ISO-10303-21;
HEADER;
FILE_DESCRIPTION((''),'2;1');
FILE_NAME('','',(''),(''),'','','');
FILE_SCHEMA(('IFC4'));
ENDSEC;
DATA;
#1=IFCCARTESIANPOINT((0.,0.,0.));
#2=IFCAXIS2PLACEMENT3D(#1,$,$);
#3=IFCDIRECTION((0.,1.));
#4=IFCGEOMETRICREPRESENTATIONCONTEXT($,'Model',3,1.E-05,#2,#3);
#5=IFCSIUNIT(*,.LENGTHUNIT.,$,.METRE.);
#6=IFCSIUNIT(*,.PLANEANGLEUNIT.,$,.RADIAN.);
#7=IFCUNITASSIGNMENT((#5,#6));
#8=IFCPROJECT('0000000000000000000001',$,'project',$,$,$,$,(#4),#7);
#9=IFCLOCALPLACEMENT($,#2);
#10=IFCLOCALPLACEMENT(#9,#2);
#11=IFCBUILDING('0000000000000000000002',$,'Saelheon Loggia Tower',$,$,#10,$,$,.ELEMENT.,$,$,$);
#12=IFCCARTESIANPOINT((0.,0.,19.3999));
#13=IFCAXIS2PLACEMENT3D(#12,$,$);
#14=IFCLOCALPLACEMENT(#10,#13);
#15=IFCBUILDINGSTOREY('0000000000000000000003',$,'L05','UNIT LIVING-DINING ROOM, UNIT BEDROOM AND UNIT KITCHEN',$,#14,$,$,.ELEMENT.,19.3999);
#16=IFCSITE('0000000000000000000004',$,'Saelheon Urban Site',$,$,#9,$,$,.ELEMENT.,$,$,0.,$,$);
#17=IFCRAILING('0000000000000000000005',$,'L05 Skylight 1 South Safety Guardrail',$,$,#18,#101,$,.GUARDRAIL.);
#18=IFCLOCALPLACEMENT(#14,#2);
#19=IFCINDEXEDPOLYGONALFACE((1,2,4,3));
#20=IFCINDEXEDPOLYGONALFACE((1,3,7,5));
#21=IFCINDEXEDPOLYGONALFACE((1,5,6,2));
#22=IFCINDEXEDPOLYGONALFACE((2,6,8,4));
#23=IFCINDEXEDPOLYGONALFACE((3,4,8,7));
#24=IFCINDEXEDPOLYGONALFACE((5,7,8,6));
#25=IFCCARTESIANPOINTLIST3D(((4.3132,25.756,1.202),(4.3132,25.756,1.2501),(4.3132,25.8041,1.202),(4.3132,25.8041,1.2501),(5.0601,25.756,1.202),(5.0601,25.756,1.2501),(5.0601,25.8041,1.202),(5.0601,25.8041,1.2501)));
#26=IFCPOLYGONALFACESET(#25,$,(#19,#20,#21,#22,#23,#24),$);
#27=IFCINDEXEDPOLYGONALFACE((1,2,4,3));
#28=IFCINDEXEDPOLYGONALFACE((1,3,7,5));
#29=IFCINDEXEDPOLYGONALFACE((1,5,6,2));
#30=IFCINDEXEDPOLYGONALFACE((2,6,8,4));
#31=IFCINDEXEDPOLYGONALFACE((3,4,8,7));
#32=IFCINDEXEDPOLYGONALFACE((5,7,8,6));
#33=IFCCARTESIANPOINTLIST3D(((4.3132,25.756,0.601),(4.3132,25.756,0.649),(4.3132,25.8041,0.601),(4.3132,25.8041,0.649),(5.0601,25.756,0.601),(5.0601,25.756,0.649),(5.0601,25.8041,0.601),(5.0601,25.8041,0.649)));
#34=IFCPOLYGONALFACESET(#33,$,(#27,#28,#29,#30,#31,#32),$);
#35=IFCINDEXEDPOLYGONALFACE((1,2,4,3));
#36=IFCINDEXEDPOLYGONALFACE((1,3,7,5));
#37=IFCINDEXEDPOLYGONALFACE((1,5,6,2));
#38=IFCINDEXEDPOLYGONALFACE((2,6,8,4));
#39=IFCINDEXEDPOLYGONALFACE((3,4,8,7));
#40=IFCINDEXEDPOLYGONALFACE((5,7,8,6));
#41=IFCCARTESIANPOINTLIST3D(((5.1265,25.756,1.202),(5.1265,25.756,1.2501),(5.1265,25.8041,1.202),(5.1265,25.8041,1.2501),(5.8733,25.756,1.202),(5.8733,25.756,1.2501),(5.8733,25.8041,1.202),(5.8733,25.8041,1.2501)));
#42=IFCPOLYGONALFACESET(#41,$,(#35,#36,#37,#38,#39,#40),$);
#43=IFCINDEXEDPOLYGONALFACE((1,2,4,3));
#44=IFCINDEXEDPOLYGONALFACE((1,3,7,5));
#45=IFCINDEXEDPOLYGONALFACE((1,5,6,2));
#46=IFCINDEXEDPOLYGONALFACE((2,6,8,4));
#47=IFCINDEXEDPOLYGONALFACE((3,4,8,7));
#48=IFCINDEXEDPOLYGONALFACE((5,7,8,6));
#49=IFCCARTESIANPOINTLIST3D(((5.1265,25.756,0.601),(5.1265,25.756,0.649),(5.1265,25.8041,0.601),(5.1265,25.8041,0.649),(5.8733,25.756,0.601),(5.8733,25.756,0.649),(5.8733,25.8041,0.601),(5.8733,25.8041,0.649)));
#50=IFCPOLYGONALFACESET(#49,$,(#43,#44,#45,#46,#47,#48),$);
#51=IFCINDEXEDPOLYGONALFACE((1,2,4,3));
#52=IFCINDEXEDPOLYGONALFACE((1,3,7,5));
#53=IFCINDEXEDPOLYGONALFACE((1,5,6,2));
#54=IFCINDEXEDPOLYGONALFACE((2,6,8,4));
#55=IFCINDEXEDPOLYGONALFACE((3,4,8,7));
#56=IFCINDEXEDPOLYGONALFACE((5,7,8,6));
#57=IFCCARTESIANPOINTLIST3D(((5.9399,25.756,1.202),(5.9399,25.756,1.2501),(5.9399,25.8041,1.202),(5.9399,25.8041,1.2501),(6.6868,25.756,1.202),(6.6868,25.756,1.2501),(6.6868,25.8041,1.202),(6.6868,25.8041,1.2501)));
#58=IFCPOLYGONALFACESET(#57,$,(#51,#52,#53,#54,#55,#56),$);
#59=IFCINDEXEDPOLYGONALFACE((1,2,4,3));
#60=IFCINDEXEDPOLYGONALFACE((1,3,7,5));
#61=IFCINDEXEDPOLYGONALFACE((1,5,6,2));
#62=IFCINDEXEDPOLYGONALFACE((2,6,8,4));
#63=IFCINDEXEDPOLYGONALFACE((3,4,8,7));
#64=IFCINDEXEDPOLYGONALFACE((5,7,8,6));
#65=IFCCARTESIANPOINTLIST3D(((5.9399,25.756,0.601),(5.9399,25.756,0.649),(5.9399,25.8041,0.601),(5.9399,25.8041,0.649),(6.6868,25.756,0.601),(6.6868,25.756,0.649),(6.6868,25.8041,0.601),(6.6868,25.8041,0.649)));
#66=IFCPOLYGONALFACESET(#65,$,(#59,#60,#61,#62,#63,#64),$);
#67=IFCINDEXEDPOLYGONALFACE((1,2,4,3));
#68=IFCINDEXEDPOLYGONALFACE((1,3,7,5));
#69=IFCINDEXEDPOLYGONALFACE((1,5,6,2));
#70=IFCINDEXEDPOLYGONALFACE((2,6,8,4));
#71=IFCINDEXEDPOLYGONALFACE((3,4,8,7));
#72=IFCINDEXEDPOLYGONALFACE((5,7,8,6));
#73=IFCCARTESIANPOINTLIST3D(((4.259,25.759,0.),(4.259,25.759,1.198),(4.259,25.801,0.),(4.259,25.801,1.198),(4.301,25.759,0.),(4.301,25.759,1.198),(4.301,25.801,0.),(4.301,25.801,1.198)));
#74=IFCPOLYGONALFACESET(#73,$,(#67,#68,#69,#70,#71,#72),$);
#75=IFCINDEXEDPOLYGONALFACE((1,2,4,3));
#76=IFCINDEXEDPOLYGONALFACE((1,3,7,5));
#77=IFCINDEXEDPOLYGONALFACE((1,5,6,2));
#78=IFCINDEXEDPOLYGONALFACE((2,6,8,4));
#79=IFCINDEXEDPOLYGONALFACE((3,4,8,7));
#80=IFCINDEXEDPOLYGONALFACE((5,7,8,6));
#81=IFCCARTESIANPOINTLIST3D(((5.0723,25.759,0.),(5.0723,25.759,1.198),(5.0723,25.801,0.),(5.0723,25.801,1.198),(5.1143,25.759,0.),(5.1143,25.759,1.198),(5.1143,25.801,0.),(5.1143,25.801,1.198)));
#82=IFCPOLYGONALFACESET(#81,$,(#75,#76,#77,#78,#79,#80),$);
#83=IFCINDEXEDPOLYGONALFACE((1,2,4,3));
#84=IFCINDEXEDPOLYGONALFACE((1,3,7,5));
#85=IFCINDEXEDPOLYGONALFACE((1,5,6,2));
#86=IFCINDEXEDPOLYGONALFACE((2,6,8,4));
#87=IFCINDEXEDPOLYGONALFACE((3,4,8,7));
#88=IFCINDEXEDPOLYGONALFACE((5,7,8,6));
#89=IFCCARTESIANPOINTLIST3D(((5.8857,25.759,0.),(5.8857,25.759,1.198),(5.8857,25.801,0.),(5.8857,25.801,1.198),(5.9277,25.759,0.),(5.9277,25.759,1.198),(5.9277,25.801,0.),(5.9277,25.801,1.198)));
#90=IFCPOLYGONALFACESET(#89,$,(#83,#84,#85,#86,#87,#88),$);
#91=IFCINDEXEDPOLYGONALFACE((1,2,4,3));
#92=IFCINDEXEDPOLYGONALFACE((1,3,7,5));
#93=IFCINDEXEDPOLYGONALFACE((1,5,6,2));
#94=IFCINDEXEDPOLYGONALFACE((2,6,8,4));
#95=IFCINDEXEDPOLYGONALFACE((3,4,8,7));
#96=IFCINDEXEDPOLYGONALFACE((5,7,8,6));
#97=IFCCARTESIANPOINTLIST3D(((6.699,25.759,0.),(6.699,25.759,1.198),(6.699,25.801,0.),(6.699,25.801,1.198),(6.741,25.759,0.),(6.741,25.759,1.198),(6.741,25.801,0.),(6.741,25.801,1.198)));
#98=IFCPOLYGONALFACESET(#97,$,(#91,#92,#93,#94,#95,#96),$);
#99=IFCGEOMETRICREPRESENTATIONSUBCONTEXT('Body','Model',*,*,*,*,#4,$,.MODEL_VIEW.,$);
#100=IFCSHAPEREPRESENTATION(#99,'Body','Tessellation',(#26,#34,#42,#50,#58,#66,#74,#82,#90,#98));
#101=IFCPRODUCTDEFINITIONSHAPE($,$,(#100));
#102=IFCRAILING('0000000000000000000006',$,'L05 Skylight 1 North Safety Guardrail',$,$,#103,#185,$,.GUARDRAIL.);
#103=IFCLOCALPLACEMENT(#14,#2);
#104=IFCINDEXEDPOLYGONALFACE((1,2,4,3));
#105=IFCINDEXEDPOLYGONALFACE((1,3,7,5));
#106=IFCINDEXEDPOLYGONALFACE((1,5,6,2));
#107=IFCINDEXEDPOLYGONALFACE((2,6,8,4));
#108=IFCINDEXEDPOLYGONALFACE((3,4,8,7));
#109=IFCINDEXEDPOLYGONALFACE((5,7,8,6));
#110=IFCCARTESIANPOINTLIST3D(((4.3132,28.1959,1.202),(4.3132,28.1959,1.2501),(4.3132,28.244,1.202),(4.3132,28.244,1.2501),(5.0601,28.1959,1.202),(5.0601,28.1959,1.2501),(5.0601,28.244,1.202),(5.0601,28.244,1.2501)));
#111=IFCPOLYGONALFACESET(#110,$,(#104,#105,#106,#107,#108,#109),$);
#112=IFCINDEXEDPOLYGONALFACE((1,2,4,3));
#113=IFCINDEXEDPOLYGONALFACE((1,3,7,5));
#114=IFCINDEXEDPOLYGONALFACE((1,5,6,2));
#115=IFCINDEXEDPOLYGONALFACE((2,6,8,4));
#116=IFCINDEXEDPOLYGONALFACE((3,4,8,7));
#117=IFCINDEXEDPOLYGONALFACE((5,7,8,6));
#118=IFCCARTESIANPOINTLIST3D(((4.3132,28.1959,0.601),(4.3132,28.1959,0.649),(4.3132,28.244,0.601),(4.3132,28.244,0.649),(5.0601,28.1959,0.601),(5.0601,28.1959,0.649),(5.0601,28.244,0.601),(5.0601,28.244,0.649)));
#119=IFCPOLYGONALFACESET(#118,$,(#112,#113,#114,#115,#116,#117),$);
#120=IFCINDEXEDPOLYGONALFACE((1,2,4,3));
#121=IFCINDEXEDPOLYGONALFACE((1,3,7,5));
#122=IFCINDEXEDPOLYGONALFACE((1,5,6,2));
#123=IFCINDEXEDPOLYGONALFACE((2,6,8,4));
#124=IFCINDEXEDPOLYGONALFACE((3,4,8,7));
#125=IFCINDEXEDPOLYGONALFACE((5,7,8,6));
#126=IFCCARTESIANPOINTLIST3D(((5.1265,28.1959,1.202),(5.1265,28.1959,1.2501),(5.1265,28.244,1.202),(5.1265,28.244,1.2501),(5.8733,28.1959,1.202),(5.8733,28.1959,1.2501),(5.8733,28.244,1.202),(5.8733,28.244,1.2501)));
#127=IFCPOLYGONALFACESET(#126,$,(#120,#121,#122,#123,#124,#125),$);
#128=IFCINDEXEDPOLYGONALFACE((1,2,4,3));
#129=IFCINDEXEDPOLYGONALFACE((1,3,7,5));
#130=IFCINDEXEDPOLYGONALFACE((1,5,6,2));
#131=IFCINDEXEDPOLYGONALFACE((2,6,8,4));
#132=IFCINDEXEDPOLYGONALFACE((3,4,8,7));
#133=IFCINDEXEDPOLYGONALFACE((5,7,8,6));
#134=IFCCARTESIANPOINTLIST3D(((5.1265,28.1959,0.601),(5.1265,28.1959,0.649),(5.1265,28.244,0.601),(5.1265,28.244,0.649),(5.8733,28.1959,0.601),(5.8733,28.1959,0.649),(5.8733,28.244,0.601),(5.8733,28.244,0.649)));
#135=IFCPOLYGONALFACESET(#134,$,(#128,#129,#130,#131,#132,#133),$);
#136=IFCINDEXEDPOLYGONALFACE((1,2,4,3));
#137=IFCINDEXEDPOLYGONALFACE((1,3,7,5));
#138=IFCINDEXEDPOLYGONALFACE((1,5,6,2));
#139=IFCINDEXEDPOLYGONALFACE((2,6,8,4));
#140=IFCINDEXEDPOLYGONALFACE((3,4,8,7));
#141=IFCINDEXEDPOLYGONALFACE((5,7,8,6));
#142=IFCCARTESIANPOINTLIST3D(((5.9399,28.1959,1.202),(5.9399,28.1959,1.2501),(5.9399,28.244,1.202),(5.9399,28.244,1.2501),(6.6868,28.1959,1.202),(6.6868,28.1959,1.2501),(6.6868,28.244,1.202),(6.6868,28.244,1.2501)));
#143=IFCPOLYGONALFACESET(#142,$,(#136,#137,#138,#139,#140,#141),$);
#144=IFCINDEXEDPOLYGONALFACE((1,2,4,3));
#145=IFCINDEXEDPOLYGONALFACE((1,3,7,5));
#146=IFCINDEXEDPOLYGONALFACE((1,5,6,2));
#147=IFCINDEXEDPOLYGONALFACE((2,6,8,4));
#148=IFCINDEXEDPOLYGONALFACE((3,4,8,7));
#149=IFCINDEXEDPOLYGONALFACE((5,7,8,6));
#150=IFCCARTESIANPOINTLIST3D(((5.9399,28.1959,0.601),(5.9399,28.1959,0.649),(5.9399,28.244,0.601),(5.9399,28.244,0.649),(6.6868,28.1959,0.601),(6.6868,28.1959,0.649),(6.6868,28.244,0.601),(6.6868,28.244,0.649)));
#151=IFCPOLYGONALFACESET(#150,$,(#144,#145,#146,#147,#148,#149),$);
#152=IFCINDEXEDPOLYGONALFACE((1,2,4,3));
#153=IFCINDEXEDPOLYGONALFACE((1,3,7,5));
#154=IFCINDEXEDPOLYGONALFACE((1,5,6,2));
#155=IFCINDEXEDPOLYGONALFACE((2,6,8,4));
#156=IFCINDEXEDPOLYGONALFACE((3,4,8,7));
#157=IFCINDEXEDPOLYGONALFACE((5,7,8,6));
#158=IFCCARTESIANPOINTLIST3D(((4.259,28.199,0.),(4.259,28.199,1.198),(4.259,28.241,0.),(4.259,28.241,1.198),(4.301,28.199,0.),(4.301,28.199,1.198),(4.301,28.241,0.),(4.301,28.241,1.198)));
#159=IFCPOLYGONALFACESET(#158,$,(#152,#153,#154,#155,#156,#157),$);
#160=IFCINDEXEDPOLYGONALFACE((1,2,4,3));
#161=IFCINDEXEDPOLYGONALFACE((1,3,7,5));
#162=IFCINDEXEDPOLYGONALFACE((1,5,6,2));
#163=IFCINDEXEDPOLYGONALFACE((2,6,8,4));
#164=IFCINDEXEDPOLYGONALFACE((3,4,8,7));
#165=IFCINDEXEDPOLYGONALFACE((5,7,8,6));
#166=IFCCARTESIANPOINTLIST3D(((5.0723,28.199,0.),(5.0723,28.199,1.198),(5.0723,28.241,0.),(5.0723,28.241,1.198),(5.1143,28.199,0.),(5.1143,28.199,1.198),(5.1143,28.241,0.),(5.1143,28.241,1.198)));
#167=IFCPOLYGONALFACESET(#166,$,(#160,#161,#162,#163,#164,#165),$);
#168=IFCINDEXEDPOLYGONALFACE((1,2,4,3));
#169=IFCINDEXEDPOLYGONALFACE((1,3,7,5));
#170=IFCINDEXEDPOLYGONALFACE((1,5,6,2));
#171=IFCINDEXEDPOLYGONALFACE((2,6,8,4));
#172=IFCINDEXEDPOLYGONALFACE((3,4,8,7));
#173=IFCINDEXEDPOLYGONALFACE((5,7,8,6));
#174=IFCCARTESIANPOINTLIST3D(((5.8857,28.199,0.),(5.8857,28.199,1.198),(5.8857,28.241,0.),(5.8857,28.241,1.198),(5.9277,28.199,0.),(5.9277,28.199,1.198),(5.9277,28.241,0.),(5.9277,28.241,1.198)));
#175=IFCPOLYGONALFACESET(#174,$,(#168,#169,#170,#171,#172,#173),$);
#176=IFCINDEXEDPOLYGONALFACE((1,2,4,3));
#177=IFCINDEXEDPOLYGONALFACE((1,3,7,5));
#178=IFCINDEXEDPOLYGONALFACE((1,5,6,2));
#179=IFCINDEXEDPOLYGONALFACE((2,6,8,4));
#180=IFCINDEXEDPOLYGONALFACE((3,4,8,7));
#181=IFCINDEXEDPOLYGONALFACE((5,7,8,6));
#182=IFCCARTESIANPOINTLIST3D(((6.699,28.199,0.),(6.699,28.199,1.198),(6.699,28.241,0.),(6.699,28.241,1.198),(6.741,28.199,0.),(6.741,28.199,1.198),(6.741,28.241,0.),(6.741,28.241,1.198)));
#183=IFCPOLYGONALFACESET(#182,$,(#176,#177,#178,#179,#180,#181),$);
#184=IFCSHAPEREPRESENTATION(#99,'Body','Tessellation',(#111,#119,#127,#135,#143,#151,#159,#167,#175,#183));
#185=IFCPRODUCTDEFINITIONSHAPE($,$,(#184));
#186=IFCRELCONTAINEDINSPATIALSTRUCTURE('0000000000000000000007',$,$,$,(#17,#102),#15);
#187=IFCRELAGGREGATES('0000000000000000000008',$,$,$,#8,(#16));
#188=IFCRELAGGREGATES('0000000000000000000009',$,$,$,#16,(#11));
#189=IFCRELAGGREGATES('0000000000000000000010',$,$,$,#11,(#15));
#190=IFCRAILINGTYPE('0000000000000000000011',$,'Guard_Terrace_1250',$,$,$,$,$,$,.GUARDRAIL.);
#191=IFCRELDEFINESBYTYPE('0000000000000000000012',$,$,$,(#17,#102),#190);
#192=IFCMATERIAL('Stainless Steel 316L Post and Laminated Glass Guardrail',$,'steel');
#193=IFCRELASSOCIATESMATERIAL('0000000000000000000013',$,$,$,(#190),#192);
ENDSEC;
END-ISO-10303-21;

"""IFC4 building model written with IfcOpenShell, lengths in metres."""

from ifc_helpers import new_model, si_unit, direction, frame, origin, origin_2d, place, context, subcontext, project, spatial, rectangle, extrude, material, type_object, element, save


model = new_model("IFC4")

# Units and contexts
model_context = context("Model", 3, precision=1e-05, world=origin(), true_north=direction((0.0, 1.0)))
body_context = subcontext(model_context, "Body", "Model", "MODEL_VIEW")
ifc_project = project(units=[si_unit("LENGTHUNIT", "METRE"), si_unit("PLANEANGLEUNIT", "RADIAN")], contexts=[model_context])

# Site, building, storey
site_placement = place(None, origin())
site = spatial("IfcSite", under=ifc_project, at=site_placement, Name="Saelheon Urban Site", CompositionType="ELEMENT", RefElevation=0.0)
building_placement = place(site_placement, origin())
building = spatial("IfcBuilding", under=site, at=building_placement, Name="Saelheon Loggia Tower", CompositionType="ELEMENT")
storey_placement = place(building_placement, frame((0.0, 0.0, 19.3999)))
storey = spatial("IfcBuildingStorey", under=building, at=storey_placement, Name="L05", Description="UNIT LIVING-DINING ROOM, UNIT BEDROOM AND UNIT KITCHEN", CompositionType="ELEMENT", Elevation=19.3999)

# Railings
ifc_material_1 = material(Name="Stainless Steel 316L Post and Laminated Glass Guardrail", Category="steel")
railing_type = type_object("IfcRailingType", Name="Guard_Terrace_1250", PredefinedType="GUARDRAIL", material=ifc_material_1)
for number, where, name in (
    (1, (4.28, 25.78, 0.0), "L05 Skylight 1 South Safety Guardrail"),
    (2, (4.28, 28.22, 0.0), "L05 Skylight 1 North Safety Guardrail"),
):
    element("IfcRailing", number, at=place(storey_placement, frame(where)), inside=storey, type_object=railing_type, Name=name, PredefinedType="GUARDRAIL", context=body_context, shape_type="SweptSolid", body=[
        extrude(rectangle(XDim=0.0481, YDim=0.0481, at=origin_2d()), frame((0.0332, 0.0, 1.2261), z_axis=(1.0, 0.0, 0.0), x_axis=(0.0, 1.0, 0.0)), (0.0, 0.0, 1.0), 0.7468),
        extrude(rectangle(XDim=0.0481, YDim=0.0481, at=origin_2d()), frame((0.0332, 0.0, 0.625), z_axis=(1.0, 0.0, 0.0), x_axis=(0.0, 1.0, 0.0)), (0.0, 0.0, 1.0), 0.7468),
        extrude(rectangle(XDim=0.0481, YDim=0.0481, at=origin_2d()), frame((0.8464, 0.0, 1.2261), z_axis=(1.0, 0.0, 0.0), x_axis=(0.0, 1.0, 0.0)), (0.0, 0.0, 1.0), 0.7468),
        extrude(rectangle(XDim=0.0481, YDim=0.0481, at=origin_2d()), frame((0.8464, 0.0, 0.625), z_axis=(1.0, 0.0, 0.0), x_axis=(0.0, 1.0, 0.0)), (0.0, 0.0, 1.0), 0.7468),
        extrude(rectangle(XDim=0.0481, YDim=0.0481, at=origin_2d()), frame((1.6599, 0.0, 1.2261), z_axis=(1.0, 0.0, 0.0), x_axis=(0.0, 1.0, 0.0)), (0.0, 0.0, 1.0), 0.7468),
        extrude(rectangle(XDim=0.0481, YDim=0.0481, at=origin_2d()), frame((1.6599, 0.0, 0.625), z_axis=(1.0, 0.0, 0.0), x_axis=(0.0, 1.0, 0.0)), (0.0, 0.0, 1.0), 0.7468),
        extrude(rectangle(XDim=0.042, YDim=0.042, at=origin_2d()), origin(), (0.0, 0.0, 1.0), 1.198),
        extrude(rectangle(XDim=0.042, YDim=0.042, at=origin_2d()), frame((0.8132, 0.0, 0.0)), (0.0, 0.0, 1.0), 1.198),
        extrude(rectangle(XDim=0.042, YDim=0.042, at=origin_2d()), frame((1.6267, 0.0, 0.0)), (0.0, 0.0, 1.0), 1.198),
        extrude(rectangle(XDim=0.042, YDim=0.042, at=origin_2d()), frame((2.4399, 0.0, 0.0)), (0.0, 0.0, 1.0), 1.198),
    ])

save(model, "model.ifc")
